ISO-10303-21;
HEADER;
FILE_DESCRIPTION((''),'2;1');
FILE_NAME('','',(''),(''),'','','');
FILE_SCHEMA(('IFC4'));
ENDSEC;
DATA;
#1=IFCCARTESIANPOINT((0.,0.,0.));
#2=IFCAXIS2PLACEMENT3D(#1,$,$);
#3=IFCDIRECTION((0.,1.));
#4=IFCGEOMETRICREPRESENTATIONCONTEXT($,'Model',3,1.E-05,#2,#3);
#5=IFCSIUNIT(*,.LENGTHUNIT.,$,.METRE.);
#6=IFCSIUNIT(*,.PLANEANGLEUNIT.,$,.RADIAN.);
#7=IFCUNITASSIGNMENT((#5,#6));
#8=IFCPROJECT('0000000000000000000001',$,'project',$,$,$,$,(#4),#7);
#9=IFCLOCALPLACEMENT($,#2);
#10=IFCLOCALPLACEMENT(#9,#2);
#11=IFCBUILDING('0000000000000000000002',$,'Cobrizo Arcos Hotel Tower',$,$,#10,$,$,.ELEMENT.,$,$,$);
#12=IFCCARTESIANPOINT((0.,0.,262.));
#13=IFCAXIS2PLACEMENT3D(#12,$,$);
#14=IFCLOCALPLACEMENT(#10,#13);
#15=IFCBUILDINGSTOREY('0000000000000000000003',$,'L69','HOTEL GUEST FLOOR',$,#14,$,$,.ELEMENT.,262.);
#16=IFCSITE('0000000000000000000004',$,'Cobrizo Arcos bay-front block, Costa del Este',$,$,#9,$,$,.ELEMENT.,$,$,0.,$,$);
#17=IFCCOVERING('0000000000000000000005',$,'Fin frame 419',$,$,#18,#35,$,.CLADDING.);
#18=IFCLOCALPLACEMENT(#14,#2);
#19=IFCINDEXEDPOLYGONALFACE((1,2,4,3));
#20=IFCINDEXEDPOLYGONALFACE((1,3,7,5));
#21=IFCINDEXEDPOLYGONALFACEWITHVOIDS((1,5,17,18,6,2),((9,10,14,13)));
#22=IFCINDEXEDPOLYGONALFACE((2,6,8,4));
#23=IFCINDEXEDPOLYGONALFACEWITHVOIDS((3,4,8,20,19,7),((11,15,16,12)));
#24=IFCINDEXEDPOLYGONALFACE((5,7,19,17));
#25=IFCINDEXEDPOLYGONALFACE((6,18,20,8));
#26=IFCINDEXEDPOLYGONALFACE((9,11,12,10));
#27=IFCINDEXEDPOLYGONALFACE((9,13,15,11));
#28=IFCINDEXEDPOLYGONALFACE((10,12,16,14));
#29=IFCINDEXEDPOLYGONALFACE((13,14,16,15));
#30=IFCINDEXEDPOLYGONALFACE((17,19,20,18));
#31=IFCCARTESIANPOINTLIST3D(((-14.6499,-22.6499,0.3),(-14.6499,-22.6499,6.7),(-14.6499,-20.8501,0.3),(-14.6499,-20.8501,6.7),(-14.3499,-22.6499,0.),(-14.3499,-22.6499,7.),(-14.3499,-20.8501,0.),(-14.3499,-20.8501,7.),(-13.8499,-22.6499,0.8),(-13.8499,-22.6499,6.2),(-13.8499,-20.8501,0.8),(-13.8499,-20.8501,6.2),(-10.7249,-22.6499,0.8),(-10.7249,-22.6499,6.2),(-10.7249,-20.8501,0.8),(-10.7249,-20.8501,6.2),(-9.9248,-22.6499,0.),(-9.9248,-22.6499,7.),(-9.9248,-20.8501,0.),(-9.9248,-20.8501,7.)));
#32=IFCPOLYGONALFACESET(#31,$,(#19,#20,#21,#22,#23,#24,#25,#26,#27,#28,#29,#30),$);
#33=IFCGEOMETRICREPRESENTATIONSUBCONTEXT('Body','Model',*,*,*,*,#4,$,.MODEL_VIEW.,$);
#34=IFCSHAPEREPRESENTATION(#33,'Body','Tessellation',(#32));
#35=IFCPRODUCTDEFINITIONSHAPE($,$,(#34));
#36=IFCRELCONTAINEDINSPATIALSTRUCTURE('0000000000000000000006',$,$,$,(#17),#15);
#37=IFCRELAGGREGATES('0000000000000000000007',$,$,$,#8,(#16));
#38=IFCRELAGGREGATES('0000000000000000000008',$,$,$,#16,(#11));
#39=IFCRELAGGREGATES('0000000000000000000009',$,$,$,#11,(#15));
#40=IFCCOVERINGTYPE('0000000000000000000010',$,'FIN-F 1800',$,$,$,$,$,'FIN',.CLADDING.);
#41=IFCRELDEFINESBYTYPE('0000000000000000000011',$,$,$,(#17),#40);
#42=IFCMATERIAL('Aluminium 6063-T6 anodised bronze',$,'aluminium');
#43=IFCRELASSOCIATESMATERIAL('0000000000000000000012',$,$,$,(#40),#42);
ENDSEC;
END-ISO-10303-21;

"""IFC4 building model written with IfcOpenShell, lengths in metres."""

from ifc_helpers import new_model, si_unit, direction, frame, origin, place, context, subcontext, project, spatial, polyline, outline, extrude, material, type_object, element, save


model = new_model("IFC4")

# Units and contexts
model_context = context("Model", 3, precision=1e-05, world=origin(), true_north=direction((0.0, 1.0)))
body_context = subcontext(model_context, "Body", "Model", "MODEL_VIEW")
ifc_project = project(units=[si_unit("LENGTHUNIT", "METRE"), si_unit("PLANEANGLEUNIT", "RADIAN")], contexts=[model_context])

# Site, building, storey
site_placement = place(None, origin())
site = spatial("IfcSite", under=ifc_project, at=site_placement, Name="Cobrizo Arcos bay-front block, Costa del Este", CompositionType="ELEMENT", RefElevation=0.0)
building_placement = place(site_placement, origin())
building = spatial("IfcBuilding", under=site, at=building_placement, Name="Cobrizo Arcos Hotel Tower", CompositionType="ELEMENT")
storey_placement = place(building_placement, frame((0.0, 0.0, 262.0)))
storey = spatial("IfcBuildingStorey", under=building, at=storey_placement, Name="L69", Description="HOTEL GUEST FLOOR", CompositionType="ELEMENT", Elevation=262.0)

# Shared definitions
ifc_material_1 = material(Name="Aluminium 6063-T6 anodised bronze", Category="aluminium")

# Covering
covering_type = type_object("IfcCoveringType", Name="FIN-F 1800", ElementType="FIN", PredefinedType="CLADDING", material=ifc_material_1)
covering_placement = place(storey_placement, frame((-14.6499, -20.8501, 0.0), z_axis=(0.0, -1.0, 0.0), x_axis=(1.0, 0.0, 0.0)))
element("IfcCovering", 1, at=covering_placement, inside=storey, type_object=covering_type, Name="Fin frame 419", PredefinedType="CLADDING", context=body_context, shape_type="SweptSolid", body=[
    extrude(outline(polyline([(0.0, 0.3), (0.3, 0.0), (4.7251, 0.0), (4.7251, 7.0), (0.3, 7.0), (0.0, 6.7), (0.0, 0.3)]), holes=[polyline([(3.925, 0.8), (0.8, 0.8), (0.8, 6.2), (3.925, 6.2), (3.925, 0.8)])]), origin(), (0.0, 0.0, 1.0), 1.7998),
])

save(model, "model.ifc")
